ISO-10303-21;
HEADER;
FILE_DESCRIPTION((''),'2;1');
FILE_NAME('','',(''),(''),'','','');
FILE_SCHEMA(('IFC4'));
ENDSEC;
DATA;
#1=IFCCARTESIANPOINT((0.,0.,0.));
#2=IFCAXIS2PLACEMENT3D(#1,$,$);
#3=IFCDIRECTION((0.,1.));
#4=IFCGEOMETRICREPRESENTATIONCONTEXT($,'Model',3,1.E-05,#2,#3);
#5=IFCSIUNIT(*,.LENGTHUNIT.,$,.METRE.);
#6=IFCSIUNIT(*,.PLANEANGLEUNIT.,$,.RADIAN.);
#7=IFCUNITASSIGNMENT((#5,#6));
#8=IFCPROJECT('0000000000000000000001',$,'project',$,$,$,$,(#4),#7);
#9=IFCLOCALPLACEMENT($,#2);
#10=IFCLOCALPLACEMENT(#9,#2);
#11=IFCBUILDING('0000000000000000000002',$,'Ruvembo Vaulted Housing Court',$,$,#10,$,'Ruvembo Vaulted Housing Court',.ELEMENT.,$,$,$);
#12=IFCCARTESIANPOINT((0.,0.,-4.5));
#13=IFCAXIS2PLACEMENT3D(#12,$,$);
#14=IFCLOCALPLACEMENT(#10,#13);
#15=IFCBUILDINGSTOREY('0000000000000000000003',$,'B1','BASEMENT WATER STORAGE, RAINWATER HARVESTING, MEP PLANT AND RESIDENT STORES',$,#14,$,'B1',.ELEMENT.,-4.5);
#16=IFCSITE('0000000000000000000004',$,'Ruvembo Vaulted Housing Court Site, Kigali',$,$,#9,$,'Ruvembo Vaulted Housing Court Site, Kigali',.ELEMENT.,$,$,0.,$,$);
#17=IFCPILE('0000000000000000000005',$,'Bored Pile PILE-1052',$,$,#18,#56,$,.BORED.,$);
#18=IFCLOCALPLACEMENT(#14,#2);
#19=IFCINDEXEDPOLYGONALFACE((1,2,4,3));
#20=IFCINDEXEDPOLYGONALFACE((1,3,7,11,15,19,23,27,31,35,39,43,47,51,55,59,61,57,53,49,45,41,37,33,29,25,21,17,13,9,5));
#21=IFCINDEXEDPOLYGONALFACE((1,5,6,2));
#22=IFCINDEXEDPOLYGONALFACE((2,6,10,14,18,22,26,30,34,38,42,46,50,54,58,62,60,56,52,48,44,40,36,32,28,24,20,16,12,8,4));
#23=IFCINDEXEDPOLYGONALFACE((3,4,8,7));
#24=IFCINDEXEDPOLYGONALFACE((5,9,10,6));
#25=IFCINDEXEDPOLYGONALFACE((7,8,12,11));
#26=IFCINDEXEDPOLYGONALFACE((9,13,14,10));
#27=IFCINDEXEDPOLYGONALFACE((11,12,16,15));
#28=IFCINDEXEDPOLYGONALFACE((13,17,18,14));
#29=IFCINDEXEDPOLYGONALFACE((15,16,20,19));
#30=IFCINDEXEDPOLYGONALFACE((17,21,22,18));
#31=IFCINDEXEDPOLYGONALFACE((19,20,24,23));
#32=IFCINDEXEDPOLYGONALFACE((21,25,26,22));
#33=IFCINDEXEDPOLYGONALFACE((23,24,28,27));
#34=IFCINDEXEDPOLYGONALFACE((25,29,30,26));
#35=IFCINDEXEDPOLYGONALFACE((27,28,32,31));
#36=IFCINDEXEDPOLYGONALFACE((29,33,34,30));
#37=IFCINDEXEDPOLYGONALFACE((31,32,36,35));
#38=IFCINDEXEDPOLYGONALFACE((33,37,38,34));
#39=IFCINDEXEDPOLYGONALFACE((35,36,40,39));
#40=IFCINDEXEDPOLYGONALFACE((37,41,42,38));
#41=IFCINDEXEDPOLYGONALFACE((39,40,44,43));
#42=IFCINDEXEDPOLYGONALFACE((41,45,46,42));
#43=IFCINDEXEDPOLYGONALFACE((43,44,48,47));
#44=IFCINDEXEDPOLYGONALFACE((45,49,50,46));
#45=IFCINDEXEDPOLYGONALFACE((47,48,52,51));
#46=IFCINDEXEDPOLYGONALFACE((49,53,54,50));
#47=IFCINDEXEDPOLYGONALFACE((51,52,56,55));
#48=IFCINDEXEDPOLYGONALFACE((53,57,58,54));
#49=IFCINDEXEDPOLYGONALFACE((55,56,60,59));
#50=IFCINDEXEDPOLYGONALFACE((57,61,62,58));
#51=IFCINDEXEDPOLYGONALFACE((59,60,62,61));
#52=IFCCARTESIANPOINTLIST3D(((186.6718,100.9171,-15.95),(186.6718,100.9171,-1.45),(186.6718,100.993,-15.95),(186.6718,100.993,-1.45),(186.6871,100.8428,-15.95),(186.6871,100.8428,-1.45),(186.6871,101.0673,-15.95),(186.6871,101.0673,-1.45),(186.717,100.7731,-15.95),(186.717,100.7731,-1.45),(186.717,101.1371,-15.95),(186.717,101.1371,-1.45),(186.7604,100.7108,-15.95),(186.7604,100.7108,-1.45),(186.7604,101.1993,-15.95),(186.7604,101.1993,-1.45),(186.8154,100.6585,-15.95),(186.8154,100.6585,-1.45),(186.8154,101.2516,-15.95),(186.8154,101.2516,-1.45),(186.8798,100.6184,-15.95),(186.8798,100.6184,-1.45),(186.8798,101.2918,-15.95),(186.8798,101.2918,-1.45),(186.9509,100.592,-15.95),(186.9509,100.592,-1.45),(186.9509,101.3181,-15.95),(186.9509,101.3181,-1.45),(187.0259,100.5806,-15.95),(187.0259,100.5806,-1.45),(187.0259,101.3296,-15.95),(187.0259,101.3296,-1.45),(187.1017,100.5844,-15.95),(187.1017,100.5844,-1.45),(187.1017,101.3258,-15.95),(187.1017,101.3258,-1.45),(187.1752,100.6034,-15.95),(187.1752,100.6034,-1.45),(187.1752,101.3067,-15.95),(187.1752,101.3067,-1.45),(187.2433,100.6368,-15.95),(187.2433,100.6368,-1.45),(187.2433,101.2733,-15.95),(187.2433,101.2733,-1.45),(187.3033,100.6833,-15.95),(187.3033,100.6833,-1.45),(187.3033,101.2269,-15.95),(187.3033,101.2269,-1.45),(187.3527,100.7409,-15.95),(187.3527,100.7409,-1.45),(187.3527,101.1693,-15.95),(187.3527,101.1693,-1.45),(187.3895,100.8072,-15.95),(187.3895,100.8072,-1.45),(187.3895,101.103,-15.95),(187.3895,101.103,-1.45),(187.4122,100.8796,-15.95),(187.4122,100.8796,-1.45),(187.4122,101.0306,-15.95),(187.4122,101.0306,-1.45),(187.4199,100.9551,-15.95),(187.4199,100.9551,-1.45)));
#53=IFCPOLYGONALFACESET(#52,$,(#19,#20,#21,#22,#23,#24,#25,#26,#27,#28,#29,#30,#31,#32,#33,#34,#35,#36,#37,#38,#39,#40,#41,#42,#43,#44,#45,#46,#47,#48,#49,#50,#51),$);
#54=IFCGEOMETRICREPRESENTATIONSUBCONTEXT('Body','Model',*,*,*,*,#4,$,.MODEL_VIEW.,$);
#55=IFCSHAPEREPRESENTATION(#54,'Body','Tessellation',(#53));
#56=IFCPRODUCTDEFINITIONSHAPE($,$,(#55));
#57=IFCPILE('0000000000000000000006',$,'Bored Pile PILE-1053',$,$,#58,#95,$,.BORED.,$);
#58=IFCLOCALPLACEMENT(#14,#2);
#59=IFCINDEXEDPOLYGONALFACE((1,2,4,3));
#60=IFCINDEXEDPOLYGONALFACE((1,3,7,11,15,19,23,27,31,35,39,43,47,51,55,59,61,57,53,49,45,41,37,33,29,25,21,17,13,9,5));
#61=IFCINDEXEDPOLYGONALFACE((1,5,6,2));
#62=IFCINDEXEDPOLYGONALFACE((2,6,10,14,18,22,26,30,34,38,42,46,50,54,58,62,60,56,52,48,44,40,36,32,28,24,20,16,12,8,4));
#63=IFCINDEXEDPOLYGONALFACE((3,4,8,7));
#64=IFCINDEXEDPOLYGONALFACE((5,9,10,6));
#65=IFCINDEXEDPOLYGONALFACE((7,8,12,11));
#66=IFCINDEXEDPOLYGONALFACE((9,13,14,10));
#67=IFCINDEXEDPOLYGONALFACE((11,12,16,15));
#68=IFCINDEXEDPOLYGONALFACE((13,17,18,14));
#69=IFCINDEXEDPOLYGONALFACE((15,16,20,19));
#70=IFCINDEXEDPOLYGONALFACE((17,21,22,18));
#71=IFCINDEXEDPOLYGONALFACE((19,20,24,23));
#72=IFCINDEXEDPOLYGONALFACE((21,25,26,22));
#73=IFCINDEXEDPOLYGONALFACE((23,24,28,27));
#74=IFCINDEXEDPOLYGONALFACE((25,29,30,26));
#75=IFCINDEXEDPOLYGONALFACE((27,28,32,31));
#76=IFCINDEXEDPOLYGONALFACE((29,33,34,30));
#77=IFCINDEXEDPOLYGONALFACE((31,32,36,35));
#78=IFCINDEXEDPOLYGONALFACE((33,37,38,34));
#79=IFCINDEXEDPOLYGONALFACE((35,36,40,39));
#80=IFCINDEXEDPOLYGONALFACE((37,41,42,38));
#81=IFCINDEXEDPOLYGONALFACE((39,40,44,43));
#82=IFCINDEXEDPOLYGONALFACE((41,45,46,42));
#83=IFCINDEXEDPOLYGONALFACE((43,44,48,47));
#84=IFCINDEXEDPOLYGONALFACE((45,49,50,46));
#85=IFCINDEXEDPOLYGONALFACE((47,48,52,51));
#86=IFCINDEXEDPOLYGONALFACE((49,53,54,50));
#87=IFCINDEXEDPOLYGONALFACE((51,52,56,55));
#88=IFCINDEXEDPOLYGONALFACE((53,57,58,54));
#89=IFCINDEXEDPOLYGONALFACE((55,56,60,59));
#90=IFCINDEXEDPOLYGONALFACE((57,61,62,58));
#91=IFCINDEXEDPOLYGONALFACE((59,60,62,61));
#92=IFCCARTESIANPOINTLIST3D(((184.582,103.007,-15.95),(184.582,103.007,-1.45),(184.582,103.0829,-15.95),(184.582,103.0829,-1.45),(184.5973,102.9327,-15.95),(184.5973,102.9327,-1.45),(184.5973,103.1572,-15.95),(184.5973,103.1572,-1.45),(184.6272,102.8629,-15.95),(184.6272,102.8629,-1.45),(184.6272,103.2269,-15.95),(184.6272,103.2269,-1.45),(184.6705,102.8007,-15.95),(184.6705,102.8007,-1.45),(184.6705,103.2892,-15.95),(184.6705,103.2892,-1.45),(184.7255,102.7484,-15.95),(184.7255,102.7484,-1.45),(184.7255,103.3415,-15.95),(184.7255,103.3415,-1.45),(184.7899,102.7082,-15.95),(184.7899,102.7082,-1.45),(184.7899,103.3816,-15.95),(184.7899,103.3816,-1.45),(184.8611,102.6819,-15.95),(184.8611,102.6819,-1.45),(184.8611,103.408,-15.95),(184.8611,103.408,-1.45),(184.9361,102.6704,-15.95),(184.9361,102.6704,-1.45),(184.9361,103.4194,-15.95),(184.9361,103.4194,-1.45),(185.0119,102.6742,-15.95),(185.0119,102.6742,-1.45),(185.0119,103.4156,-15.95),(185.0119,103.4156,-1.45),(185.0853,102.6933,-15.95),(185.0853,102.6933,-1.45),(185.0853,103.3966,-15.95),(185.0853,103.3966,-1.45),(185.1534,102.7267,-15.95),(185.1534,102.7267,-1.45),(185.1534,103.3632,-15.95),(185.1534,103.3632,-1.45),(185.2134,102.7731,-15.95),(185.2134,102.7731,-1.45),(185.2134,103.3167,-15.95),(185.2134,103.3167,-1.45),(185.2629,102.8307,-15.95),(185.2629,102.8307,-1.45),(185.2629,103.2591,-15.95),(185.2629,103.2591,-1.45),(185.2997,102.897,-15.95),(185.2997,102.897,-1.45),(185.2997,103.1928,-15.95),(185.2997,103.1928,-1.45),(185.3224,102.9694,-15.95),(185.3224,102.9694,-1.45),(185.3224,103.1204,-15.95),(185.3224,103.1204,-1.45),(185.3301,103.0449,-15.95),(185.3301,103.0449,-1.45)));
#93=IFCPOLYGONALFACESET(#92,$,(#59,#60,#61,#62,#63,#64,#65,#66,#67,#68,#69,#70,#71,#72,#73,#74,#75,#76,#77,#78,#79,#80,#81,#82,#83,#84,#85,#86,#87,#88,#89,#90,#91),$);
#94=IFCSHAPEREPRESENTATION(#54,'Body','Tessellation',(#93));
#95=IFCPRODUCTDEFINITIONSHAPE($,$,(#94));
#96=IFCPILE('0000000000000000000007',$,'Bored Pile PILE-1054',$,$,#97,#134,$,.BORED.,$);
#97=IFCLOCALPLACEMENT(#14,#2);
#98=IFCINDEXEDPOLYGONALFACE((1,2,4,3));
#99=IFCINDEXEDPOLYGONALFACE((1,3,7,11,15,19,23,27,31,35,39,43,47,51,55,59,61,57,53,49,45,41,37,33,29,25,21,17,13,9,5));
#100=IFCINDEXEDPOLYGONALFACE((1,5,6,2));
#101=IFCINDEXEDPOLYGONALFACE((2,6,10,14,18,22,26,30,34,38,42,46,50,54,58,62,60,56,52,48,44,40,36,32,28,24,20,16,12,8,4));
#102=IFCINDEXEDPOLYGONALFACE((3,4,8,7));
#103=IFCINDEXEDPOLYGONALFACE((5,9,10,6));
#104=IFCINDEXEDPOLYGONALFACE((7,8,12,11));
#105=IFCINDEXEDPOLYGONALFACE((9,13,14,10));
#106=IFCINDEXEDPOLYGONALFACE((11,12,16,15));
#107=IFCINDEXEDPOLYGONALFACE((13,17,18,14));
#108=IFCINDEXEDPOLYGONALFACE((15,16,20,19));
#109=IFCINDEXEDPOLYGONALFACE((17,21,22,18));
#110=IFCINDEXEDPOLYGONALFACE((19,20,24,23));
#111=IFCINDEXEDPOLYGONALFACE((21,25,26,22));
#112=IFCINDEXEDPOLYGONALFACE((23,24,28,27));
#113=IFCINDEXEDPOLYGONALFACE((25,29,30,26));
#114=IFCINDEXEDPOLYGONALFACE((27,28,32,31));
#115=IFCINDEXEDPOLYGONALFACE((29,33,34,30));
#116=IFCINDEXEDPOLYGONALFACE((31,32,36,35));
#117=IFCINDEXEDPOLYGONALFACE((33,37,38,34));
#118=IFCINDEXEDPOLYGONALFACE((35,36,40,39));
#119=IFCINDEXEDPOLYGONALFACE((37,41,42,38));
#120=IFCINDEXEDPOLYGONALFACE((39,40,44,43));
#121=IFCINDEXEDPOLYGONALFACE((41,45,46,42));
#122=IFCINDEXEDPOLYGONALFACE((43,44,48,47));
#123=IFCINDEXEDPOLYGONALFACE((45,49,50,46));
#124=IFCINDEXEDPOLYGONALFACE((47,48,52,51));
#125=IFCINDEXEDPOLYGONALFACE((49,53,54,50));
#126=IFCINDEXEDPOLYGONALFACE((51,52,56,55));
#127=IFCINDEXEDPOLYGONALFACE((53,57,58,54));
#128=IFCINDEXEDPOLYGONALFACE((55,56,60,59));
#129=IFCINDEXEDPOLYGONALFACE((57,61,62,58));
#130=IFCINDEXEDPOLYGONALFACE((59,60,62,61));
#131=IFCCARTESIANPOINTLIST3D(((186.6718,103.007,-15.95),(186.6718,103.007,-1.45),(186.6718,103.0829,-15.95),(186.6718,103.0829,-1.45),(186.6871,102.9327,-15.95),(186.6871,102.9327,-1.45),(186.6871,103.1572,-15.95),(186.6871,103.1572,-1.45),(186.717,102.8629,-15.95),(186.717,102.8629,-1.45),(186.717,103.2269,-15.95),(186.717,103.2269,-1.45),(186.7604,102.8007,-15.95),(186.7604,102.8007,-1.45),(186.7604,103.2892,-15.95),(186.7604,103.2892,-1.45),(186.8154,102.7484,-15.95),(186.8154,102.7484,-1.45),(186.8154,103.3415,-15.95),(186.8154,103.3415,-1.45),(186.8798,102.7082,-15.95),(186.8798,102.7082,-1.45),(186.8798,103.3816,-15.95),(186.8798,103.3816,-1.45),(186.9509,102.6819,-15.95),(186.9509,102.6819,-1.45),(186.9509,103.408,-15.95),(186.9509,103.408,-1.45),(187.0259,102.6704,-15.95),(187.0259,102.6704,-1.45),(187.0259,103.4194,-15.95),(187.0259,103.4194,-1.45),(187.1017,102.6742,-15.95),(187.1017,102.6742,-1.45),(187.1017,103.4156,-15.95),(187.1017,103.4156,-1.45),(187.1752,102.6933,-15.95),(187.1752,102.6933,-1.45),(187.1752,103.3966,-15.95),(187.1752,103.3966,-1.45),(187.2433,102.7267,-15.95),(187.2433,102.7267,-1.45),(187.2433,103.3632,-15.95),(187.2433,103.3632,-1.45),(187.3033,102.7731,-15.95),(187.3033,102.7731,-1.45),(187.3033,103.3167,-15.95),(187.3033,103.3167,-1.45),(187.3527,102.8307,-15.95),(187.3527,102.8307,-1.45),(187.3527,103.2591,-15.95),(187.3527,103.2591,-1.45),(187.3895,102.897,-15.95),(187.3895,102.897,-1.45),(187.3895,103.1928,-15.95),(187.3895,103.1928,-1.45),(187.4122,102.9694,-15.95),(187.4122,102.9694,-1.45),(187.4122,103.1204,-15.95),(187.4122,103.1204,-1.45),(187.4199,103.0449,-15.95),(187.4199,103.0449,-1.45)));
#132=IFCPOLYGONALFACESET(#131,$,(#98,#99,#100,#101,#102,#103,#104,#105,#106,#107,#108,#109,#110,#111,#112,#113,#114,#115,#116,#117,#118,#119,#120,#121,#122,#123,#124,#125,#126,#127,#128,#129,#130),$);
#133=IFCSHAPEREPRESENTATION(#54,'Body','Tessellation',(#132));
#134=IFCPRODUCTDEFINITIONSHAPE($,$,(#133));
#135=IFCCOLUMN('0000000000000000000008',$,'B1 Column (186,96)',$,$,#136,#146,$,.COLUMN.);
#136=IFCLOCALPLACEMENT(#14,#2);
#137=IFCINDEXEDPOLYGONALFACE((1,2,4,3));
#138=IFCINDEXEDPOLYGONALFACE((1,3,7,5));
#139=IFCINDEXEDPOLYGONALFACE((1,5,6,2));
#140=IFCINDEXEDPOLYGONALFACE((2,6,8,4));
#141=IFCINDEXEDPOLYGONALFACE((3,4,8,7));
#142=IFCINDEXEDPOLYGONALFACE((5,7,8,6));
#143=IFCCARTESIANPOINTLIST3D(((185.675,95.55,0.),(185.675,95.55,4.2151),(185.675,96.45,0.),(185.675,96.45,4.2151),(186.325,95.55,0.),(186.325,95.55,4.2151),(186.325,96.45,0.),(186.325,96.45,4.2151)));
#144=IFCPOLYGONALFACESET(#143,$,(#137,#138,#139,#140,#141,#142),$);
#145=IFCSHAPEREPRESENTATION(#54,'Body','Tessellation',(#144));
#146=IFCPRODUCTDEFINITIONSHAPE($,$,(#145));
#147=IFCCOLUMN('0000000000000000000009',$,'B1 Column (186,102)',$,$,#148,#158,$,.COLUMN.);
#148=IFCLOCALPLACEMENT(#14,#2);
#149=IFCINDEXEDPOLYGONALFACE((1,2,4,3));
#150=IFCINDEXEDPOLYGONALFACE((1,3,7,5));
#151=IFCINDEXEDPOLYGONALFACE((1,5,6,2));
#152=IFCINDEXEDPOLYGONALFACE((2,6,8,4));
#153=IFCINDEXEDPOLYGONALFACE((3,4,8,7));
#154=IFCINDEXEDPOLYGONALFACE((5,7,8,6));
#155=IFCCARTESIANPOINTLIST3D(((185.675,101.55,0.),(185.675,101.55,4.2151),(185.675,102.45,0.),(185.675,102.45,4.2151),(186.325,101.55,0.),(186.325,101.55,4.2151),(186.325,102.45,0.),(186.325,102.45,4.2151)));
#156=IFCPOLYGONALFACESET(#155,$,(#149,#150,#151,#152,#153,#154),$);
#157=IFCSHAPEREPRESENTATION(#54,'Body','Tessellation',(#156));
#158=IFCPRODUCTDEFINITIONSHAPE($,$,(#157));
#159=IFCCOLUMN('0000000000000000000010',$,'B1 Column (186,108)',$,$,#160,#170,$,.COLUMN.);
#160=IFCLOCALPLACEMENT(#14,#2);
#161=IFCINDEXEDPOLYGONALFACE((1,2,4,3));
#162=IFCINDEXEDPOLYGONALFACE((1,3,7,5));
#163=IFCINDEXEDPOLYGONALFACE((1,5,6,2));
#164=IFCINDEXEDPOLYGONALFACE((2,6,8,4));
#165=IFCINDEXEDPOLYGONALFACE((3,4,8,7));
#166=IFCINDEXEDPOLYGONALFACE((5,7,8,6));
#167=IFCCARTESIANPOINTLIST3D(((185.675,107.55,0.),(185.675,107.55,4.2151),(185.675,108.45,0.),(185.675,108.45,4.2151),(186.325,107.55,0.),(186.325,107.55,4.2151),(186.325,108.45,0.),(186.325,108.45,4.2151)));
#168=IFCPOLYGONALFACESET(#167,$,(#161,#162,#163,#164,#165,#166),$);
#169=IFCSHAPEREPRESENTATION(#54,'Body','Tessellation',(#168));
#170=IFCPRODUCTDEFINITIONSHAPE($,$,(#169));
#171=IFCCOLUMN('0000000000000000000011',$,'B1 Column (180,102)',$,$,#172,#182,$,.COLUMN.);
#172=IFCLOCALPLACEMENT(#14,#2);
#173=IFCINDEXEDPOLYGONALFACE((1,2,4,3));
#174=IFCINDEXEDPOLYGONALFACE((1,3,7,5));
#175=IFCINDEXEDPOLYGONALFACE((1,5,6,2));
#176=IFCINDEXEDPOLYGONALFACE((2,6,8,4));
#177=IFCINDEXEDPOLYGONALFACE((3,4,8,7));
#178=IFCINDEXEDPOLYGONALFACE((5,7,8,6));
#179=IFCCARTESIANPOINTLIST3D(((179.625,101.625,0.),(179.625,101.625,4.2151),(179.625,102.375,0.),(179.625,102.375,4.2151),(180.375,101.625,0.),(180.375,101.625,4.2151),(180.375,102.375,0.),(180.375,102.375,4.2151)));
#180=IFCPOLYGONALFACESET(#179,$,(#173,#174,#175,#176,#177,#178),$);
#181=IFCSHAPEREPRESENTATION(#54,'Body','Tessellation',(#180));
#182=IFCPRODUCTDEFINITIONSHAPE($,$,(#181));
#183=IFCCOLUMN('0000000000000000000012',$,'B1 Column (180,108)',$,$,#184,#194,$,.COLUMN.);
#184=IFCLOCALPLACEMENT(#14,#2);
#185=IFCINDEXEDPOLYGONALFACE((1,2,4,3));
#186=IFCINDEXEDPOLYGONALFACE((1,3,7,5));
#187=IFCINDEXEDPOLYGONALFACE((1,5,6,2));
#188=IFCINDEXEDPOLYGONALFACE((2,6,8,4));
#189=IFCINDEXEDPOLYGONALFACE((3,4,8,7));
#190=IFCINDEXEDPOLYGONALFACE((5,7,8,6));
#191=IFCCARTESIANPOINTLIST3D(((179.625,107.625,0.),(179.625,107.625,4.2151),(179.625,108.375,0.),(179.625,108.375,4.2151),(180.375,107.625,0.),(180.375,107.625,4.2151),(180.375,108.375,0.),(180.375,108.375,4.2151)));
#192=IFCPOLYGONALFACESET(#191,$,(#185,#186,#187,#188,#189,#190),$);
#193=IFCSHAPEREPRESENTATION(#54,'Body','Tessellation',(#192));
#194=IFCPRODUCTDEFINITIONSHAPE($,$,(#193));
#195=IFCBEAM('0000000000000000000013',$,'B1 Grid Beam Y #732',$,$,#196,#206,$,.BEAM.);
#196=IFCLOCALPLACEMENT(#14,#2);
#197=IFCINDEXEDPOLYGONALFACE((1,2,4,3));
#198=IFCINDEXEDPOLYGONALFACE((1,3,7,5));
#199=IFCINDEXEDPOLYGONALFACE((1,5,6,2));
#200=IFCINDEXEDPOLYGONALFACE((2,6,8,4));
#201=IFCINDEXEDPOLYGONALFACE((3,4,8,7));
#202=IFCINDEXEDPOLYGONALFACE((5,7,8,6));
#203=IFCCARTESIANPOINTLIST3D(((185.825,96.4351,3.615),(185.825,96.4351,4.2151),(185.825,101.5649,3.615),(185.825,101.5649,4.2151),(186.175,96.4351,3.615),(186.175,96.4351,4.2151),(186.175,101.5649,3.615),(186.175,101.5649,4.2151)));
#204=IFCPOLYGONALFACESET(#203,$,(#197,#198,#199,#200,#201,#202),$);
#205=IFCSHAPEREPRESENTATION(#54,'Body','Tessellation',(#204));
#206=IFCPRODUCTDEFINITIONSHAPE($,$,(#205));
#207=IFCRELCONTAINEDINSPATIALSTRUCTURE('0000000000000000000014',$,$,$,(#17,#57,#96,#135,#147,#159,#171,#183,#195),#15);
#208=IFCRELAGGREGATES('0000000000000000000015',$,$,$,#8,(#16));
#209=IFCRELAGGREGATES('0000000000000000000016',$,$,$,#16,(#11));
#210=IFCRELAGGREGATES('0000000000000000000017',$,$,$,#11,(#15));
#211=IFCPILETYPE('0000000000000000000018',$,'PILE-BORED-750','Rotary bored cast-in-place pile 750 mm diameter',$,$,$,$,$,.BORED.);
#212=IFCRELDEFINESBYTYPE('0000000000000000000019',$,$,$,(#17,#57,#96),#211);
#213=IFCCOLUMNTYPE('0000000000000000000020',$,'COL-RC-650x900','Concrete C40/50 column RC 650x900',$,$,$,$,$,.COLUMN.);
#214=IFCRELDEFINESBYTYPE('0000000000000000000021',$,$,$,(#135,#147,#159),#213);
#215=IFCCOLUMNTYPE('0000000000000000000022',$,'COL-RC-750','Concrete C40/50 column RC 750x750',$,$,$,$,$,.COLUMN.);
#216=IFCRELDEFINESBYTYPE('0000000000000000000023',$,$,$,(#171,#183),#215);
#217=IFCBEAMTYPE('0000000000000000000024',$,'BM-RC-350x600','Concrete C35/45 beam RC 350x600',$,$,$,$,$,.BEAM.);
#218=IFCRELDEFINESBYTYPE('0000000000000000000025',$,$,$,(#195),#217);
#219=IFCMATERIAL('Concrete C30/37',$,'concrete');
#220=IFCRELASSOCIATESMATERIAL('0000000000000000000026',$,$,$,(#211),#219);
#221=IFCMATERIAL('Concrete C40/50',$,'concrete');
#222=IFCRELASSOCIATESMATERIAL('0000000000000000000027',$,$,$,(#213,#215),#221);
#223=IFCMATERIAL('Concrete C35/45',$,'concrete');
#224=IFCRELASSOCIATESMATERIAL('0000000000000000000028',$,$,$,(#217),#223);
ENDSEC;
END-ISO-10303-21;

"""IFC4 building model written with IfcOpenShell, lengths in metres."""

from ifc_helpers import new_model, si_unit, direction, frame, origin, origin_2d, place, context, subcontext, project, spatial, rectangle, circle, extrude, material, material_profile, profile_set, type_object, element, save


model = new_model("IFC4")

# Units and contexts
model_context = context("Model", 3, precision=1e-05, world=origin(), true_north=direction((0.0, 1.0)))
body_context = subcontext(model_context, "Body", "Model", "MODEL_VIEW")
ifc_project = project(units=[si_unit("LENGTHUNIT", "METRE"), si_unit("PLANEANGLEUNIT", "RADIAN")], contexts=[model_context])

# Site, building, storey
site_placement = place(None, origin())
site = spatial("IfcSite", under=ifc_project, at=site_placement, Name="Ruvembo Vaulted Housing Court Site, Kigali", LongName="Ruvembo Vaulted Housing Court Site, Kigali", CompositionType="ELEMENT", RefElevation=0.0)
building_placement = place(site_placement, origin())
building = spatial("IfcBuilding", under=site, at=building_placement, Name="Ruvembo Vaulted Housing Court", LongName="Ruvembo Vaulted Housing Court", CompositionType="ELEMENT")
storey_placement = place(building_placement, frame((0.0, 0.0, -4.5)))
storey = spatial("IfcBuildingStorey", under=building, at=storey_placement, Name="B1", Description="BASEMENT WATER STORAGE, RAINWATER HARVESTING, MEP PLANT AND RESIDENT STORES", LongName="B1", CompositionType="ELEMENT", Elevation=-4.5)

# Shared definitions
ifc_material_1 = material(Name="Concrete C35/45", Category="concrete")

# Piles
ifc_material_2 = material(Name="Concrete C30/37", Category="concrete")
ifc_material_profile_1 = material_profile(ifc_material_2, circle(Radius=0.375, at=origin_2d()), Name="PILE D750")
ifc_profile_set_1 = profile_set([ifc_material_profile_1], Name="Concrete C30/37")
pile_type_1 = type_object("IfcPileType", Name="PILE-BORED-750", Description="Rotary bored cast-in-place pile 750 mm diameter", PredefinedType="BORED", material=ifc_profile_set_1)
for number, where, z_axis, x_axis, name in (
    (1, (187.0449, 100.9551, -1.45), (0.0, 0.0, -1.0), (1.0, 0.0, 0.0), "Bored Pile PILE-1052"),
    (2, (184.9551, 103.0449, -1.45), (0.0, 0.0, -1.0), (1.0, 0.0, 0.0), "Bored Pile PILE-1053"),
    (3, (187.0449, 103.0449, -1.45), (0.0, 0.0, -1.0), (1.0, 0.0, 0.0), "Bored Pile PILE-1054"),
):
    element("IfcPile", number, at=place(storey_placement, frame(where, z_axis=z_axis, x_axis=x_axis)), inside=storey, type_object=pile_type_1, Name=name, PredefinedType="BORED", context=body_context, shape_type="SweptSolid", body=[
        extrude(circle(Radius=0.375, at=origin_2d()), origin(), (0.0, 0.0, 1.0), 14.5),
    ])

# Columns
ifc_material_3 = material(Name="Concrete C40/50", Category="concrete")
ifc_material_profile_2 = material_profile(ifc_material_3, rectangle(XDim=0.6499, YDim=0.8999, at=origin_2d()), Name="RC 650x900")
ifc_profile_set_2 = profile_set([ifc_material_profile_2], Name="Concrete C40/50")
column_type_1 = type_object("IfcColumnType", Name="COL-RC-650x900", Description="Concrete C40/50 column RC 650x900", PredefinedType="COLUMN", material=ifc_profile_set_2)
for number, where, z_axis, x_axis, name in (
    (4, (186.0, 96.0, 0.0), (0.0, 0.0, 1.0), (1.0, 0.0, 0.0), "B1 Column (186,96)"),
    (5, (186.0, 102.0, 0.0), (0.0, 0.0, 1.0), (1.0, 0.0, 0.0), "B1 Column (186,102)"),
    (6, (186.0, 108.0, 0.0), (0.0, 0.0, 1.0), (1.0, 0.0, 0.0), "B1 Column (186,108)"),
):
    element("IfcColumn", number, at=place(storey_placement, frame(where, z_axis=z_axis, x_axis=x_axis)), inside=storey, type_object=column_type_1, Name=name, PredefinedType="COLUMN", context=body_context, shape_type="SweptSolid", body=[
        extrude(rectangle(XDim=0.6499, YDim=0.8999, at=origin_2d()), origin(), (0.0, 0.0, 1.0), 4.2151),
    ])
ifc_material_profile_3 = material_profile(ifc_material_3, rectangle(XDim=0.75, YDim=0.75, at=origin_2d()), Name="RC 750x750")
ifc_profile_set_3 = profile_set([ifc_material_profile_3], Name="Concrete C40/50")
column_type_2 = type_object("IfcColumnType", Name="COL-RC-750", Description="Concrete C40/50 column RC 750x750", PredefinedType="COLUMN", material=ifc_profile_set_3)
for number, where, z_axis, x_axis, name in (
    (7, (180.0, 102.0, 0.0), (0.0, 0.0, 1.0), (1.0, 0.0, 0.0), "B1 Column (180,102)"),
    (8, (180.0, 108.0, 0.0), (0.0, 0.0, 1.0), (1.0, 0.0, 0.0), "B1 Column (180,108)"),
):
    element("IfcColumn", number, at=place(storey_placement, frame(where, z_axis=z_axis, x_axis=x_axis)), inside=storey, type_object=column_type_2, Name=name, PredefinedType="COLUMN", context=body_context, shape_type="SweptSolid", body=[
        extrude(rectangle(XDim=0.75, YDim=0.75, at=origin_2d()), origin(), (0.0, 0.0, 1.0), 4.2151),
    ])

# Beam
ifc_material_profile_4 = material_profile(ifc_material_1, rectangle(XDim=0.3501, YDim=0.6001, at=origin_2d()), Name="RC 350x600")
ifc_profile_set_4 = profile_set([ifc_material_profile_4], Name="Concrete C35/45")
beam_type_1 = type_object("IfcBeamType", Name="BM-RC-350x600", Description="Concrete C35/45 beam RC 350x600", PredefinedType="BEAM", material=ifc_profile_set_4)
for number, where, z_axis, x_axis, name in (
    (9, (186.0, 96.4351, 3.915), (0.0, 1.0, 0.0), (-1.0, 0.0, 0.0), "B1 Grid Beam Y #732"),
):
    element("IfcBeam", number, at=place(storey_placement, frame(where, z_axis=z_axis, x_axis=x_axis)), inside=storey, type_object=beam_type_1, Name=name, PredefinedType="BEAM", context=body_context, shape_type="SweptSolid", body=[
        extrude(rectangle(XDim=0.3501, YDim=0.6001, at=origin_2d()), origin(), (0.0, 0.0, 1.0), 5.1299),
    ])

save(model, "model.ifc")
